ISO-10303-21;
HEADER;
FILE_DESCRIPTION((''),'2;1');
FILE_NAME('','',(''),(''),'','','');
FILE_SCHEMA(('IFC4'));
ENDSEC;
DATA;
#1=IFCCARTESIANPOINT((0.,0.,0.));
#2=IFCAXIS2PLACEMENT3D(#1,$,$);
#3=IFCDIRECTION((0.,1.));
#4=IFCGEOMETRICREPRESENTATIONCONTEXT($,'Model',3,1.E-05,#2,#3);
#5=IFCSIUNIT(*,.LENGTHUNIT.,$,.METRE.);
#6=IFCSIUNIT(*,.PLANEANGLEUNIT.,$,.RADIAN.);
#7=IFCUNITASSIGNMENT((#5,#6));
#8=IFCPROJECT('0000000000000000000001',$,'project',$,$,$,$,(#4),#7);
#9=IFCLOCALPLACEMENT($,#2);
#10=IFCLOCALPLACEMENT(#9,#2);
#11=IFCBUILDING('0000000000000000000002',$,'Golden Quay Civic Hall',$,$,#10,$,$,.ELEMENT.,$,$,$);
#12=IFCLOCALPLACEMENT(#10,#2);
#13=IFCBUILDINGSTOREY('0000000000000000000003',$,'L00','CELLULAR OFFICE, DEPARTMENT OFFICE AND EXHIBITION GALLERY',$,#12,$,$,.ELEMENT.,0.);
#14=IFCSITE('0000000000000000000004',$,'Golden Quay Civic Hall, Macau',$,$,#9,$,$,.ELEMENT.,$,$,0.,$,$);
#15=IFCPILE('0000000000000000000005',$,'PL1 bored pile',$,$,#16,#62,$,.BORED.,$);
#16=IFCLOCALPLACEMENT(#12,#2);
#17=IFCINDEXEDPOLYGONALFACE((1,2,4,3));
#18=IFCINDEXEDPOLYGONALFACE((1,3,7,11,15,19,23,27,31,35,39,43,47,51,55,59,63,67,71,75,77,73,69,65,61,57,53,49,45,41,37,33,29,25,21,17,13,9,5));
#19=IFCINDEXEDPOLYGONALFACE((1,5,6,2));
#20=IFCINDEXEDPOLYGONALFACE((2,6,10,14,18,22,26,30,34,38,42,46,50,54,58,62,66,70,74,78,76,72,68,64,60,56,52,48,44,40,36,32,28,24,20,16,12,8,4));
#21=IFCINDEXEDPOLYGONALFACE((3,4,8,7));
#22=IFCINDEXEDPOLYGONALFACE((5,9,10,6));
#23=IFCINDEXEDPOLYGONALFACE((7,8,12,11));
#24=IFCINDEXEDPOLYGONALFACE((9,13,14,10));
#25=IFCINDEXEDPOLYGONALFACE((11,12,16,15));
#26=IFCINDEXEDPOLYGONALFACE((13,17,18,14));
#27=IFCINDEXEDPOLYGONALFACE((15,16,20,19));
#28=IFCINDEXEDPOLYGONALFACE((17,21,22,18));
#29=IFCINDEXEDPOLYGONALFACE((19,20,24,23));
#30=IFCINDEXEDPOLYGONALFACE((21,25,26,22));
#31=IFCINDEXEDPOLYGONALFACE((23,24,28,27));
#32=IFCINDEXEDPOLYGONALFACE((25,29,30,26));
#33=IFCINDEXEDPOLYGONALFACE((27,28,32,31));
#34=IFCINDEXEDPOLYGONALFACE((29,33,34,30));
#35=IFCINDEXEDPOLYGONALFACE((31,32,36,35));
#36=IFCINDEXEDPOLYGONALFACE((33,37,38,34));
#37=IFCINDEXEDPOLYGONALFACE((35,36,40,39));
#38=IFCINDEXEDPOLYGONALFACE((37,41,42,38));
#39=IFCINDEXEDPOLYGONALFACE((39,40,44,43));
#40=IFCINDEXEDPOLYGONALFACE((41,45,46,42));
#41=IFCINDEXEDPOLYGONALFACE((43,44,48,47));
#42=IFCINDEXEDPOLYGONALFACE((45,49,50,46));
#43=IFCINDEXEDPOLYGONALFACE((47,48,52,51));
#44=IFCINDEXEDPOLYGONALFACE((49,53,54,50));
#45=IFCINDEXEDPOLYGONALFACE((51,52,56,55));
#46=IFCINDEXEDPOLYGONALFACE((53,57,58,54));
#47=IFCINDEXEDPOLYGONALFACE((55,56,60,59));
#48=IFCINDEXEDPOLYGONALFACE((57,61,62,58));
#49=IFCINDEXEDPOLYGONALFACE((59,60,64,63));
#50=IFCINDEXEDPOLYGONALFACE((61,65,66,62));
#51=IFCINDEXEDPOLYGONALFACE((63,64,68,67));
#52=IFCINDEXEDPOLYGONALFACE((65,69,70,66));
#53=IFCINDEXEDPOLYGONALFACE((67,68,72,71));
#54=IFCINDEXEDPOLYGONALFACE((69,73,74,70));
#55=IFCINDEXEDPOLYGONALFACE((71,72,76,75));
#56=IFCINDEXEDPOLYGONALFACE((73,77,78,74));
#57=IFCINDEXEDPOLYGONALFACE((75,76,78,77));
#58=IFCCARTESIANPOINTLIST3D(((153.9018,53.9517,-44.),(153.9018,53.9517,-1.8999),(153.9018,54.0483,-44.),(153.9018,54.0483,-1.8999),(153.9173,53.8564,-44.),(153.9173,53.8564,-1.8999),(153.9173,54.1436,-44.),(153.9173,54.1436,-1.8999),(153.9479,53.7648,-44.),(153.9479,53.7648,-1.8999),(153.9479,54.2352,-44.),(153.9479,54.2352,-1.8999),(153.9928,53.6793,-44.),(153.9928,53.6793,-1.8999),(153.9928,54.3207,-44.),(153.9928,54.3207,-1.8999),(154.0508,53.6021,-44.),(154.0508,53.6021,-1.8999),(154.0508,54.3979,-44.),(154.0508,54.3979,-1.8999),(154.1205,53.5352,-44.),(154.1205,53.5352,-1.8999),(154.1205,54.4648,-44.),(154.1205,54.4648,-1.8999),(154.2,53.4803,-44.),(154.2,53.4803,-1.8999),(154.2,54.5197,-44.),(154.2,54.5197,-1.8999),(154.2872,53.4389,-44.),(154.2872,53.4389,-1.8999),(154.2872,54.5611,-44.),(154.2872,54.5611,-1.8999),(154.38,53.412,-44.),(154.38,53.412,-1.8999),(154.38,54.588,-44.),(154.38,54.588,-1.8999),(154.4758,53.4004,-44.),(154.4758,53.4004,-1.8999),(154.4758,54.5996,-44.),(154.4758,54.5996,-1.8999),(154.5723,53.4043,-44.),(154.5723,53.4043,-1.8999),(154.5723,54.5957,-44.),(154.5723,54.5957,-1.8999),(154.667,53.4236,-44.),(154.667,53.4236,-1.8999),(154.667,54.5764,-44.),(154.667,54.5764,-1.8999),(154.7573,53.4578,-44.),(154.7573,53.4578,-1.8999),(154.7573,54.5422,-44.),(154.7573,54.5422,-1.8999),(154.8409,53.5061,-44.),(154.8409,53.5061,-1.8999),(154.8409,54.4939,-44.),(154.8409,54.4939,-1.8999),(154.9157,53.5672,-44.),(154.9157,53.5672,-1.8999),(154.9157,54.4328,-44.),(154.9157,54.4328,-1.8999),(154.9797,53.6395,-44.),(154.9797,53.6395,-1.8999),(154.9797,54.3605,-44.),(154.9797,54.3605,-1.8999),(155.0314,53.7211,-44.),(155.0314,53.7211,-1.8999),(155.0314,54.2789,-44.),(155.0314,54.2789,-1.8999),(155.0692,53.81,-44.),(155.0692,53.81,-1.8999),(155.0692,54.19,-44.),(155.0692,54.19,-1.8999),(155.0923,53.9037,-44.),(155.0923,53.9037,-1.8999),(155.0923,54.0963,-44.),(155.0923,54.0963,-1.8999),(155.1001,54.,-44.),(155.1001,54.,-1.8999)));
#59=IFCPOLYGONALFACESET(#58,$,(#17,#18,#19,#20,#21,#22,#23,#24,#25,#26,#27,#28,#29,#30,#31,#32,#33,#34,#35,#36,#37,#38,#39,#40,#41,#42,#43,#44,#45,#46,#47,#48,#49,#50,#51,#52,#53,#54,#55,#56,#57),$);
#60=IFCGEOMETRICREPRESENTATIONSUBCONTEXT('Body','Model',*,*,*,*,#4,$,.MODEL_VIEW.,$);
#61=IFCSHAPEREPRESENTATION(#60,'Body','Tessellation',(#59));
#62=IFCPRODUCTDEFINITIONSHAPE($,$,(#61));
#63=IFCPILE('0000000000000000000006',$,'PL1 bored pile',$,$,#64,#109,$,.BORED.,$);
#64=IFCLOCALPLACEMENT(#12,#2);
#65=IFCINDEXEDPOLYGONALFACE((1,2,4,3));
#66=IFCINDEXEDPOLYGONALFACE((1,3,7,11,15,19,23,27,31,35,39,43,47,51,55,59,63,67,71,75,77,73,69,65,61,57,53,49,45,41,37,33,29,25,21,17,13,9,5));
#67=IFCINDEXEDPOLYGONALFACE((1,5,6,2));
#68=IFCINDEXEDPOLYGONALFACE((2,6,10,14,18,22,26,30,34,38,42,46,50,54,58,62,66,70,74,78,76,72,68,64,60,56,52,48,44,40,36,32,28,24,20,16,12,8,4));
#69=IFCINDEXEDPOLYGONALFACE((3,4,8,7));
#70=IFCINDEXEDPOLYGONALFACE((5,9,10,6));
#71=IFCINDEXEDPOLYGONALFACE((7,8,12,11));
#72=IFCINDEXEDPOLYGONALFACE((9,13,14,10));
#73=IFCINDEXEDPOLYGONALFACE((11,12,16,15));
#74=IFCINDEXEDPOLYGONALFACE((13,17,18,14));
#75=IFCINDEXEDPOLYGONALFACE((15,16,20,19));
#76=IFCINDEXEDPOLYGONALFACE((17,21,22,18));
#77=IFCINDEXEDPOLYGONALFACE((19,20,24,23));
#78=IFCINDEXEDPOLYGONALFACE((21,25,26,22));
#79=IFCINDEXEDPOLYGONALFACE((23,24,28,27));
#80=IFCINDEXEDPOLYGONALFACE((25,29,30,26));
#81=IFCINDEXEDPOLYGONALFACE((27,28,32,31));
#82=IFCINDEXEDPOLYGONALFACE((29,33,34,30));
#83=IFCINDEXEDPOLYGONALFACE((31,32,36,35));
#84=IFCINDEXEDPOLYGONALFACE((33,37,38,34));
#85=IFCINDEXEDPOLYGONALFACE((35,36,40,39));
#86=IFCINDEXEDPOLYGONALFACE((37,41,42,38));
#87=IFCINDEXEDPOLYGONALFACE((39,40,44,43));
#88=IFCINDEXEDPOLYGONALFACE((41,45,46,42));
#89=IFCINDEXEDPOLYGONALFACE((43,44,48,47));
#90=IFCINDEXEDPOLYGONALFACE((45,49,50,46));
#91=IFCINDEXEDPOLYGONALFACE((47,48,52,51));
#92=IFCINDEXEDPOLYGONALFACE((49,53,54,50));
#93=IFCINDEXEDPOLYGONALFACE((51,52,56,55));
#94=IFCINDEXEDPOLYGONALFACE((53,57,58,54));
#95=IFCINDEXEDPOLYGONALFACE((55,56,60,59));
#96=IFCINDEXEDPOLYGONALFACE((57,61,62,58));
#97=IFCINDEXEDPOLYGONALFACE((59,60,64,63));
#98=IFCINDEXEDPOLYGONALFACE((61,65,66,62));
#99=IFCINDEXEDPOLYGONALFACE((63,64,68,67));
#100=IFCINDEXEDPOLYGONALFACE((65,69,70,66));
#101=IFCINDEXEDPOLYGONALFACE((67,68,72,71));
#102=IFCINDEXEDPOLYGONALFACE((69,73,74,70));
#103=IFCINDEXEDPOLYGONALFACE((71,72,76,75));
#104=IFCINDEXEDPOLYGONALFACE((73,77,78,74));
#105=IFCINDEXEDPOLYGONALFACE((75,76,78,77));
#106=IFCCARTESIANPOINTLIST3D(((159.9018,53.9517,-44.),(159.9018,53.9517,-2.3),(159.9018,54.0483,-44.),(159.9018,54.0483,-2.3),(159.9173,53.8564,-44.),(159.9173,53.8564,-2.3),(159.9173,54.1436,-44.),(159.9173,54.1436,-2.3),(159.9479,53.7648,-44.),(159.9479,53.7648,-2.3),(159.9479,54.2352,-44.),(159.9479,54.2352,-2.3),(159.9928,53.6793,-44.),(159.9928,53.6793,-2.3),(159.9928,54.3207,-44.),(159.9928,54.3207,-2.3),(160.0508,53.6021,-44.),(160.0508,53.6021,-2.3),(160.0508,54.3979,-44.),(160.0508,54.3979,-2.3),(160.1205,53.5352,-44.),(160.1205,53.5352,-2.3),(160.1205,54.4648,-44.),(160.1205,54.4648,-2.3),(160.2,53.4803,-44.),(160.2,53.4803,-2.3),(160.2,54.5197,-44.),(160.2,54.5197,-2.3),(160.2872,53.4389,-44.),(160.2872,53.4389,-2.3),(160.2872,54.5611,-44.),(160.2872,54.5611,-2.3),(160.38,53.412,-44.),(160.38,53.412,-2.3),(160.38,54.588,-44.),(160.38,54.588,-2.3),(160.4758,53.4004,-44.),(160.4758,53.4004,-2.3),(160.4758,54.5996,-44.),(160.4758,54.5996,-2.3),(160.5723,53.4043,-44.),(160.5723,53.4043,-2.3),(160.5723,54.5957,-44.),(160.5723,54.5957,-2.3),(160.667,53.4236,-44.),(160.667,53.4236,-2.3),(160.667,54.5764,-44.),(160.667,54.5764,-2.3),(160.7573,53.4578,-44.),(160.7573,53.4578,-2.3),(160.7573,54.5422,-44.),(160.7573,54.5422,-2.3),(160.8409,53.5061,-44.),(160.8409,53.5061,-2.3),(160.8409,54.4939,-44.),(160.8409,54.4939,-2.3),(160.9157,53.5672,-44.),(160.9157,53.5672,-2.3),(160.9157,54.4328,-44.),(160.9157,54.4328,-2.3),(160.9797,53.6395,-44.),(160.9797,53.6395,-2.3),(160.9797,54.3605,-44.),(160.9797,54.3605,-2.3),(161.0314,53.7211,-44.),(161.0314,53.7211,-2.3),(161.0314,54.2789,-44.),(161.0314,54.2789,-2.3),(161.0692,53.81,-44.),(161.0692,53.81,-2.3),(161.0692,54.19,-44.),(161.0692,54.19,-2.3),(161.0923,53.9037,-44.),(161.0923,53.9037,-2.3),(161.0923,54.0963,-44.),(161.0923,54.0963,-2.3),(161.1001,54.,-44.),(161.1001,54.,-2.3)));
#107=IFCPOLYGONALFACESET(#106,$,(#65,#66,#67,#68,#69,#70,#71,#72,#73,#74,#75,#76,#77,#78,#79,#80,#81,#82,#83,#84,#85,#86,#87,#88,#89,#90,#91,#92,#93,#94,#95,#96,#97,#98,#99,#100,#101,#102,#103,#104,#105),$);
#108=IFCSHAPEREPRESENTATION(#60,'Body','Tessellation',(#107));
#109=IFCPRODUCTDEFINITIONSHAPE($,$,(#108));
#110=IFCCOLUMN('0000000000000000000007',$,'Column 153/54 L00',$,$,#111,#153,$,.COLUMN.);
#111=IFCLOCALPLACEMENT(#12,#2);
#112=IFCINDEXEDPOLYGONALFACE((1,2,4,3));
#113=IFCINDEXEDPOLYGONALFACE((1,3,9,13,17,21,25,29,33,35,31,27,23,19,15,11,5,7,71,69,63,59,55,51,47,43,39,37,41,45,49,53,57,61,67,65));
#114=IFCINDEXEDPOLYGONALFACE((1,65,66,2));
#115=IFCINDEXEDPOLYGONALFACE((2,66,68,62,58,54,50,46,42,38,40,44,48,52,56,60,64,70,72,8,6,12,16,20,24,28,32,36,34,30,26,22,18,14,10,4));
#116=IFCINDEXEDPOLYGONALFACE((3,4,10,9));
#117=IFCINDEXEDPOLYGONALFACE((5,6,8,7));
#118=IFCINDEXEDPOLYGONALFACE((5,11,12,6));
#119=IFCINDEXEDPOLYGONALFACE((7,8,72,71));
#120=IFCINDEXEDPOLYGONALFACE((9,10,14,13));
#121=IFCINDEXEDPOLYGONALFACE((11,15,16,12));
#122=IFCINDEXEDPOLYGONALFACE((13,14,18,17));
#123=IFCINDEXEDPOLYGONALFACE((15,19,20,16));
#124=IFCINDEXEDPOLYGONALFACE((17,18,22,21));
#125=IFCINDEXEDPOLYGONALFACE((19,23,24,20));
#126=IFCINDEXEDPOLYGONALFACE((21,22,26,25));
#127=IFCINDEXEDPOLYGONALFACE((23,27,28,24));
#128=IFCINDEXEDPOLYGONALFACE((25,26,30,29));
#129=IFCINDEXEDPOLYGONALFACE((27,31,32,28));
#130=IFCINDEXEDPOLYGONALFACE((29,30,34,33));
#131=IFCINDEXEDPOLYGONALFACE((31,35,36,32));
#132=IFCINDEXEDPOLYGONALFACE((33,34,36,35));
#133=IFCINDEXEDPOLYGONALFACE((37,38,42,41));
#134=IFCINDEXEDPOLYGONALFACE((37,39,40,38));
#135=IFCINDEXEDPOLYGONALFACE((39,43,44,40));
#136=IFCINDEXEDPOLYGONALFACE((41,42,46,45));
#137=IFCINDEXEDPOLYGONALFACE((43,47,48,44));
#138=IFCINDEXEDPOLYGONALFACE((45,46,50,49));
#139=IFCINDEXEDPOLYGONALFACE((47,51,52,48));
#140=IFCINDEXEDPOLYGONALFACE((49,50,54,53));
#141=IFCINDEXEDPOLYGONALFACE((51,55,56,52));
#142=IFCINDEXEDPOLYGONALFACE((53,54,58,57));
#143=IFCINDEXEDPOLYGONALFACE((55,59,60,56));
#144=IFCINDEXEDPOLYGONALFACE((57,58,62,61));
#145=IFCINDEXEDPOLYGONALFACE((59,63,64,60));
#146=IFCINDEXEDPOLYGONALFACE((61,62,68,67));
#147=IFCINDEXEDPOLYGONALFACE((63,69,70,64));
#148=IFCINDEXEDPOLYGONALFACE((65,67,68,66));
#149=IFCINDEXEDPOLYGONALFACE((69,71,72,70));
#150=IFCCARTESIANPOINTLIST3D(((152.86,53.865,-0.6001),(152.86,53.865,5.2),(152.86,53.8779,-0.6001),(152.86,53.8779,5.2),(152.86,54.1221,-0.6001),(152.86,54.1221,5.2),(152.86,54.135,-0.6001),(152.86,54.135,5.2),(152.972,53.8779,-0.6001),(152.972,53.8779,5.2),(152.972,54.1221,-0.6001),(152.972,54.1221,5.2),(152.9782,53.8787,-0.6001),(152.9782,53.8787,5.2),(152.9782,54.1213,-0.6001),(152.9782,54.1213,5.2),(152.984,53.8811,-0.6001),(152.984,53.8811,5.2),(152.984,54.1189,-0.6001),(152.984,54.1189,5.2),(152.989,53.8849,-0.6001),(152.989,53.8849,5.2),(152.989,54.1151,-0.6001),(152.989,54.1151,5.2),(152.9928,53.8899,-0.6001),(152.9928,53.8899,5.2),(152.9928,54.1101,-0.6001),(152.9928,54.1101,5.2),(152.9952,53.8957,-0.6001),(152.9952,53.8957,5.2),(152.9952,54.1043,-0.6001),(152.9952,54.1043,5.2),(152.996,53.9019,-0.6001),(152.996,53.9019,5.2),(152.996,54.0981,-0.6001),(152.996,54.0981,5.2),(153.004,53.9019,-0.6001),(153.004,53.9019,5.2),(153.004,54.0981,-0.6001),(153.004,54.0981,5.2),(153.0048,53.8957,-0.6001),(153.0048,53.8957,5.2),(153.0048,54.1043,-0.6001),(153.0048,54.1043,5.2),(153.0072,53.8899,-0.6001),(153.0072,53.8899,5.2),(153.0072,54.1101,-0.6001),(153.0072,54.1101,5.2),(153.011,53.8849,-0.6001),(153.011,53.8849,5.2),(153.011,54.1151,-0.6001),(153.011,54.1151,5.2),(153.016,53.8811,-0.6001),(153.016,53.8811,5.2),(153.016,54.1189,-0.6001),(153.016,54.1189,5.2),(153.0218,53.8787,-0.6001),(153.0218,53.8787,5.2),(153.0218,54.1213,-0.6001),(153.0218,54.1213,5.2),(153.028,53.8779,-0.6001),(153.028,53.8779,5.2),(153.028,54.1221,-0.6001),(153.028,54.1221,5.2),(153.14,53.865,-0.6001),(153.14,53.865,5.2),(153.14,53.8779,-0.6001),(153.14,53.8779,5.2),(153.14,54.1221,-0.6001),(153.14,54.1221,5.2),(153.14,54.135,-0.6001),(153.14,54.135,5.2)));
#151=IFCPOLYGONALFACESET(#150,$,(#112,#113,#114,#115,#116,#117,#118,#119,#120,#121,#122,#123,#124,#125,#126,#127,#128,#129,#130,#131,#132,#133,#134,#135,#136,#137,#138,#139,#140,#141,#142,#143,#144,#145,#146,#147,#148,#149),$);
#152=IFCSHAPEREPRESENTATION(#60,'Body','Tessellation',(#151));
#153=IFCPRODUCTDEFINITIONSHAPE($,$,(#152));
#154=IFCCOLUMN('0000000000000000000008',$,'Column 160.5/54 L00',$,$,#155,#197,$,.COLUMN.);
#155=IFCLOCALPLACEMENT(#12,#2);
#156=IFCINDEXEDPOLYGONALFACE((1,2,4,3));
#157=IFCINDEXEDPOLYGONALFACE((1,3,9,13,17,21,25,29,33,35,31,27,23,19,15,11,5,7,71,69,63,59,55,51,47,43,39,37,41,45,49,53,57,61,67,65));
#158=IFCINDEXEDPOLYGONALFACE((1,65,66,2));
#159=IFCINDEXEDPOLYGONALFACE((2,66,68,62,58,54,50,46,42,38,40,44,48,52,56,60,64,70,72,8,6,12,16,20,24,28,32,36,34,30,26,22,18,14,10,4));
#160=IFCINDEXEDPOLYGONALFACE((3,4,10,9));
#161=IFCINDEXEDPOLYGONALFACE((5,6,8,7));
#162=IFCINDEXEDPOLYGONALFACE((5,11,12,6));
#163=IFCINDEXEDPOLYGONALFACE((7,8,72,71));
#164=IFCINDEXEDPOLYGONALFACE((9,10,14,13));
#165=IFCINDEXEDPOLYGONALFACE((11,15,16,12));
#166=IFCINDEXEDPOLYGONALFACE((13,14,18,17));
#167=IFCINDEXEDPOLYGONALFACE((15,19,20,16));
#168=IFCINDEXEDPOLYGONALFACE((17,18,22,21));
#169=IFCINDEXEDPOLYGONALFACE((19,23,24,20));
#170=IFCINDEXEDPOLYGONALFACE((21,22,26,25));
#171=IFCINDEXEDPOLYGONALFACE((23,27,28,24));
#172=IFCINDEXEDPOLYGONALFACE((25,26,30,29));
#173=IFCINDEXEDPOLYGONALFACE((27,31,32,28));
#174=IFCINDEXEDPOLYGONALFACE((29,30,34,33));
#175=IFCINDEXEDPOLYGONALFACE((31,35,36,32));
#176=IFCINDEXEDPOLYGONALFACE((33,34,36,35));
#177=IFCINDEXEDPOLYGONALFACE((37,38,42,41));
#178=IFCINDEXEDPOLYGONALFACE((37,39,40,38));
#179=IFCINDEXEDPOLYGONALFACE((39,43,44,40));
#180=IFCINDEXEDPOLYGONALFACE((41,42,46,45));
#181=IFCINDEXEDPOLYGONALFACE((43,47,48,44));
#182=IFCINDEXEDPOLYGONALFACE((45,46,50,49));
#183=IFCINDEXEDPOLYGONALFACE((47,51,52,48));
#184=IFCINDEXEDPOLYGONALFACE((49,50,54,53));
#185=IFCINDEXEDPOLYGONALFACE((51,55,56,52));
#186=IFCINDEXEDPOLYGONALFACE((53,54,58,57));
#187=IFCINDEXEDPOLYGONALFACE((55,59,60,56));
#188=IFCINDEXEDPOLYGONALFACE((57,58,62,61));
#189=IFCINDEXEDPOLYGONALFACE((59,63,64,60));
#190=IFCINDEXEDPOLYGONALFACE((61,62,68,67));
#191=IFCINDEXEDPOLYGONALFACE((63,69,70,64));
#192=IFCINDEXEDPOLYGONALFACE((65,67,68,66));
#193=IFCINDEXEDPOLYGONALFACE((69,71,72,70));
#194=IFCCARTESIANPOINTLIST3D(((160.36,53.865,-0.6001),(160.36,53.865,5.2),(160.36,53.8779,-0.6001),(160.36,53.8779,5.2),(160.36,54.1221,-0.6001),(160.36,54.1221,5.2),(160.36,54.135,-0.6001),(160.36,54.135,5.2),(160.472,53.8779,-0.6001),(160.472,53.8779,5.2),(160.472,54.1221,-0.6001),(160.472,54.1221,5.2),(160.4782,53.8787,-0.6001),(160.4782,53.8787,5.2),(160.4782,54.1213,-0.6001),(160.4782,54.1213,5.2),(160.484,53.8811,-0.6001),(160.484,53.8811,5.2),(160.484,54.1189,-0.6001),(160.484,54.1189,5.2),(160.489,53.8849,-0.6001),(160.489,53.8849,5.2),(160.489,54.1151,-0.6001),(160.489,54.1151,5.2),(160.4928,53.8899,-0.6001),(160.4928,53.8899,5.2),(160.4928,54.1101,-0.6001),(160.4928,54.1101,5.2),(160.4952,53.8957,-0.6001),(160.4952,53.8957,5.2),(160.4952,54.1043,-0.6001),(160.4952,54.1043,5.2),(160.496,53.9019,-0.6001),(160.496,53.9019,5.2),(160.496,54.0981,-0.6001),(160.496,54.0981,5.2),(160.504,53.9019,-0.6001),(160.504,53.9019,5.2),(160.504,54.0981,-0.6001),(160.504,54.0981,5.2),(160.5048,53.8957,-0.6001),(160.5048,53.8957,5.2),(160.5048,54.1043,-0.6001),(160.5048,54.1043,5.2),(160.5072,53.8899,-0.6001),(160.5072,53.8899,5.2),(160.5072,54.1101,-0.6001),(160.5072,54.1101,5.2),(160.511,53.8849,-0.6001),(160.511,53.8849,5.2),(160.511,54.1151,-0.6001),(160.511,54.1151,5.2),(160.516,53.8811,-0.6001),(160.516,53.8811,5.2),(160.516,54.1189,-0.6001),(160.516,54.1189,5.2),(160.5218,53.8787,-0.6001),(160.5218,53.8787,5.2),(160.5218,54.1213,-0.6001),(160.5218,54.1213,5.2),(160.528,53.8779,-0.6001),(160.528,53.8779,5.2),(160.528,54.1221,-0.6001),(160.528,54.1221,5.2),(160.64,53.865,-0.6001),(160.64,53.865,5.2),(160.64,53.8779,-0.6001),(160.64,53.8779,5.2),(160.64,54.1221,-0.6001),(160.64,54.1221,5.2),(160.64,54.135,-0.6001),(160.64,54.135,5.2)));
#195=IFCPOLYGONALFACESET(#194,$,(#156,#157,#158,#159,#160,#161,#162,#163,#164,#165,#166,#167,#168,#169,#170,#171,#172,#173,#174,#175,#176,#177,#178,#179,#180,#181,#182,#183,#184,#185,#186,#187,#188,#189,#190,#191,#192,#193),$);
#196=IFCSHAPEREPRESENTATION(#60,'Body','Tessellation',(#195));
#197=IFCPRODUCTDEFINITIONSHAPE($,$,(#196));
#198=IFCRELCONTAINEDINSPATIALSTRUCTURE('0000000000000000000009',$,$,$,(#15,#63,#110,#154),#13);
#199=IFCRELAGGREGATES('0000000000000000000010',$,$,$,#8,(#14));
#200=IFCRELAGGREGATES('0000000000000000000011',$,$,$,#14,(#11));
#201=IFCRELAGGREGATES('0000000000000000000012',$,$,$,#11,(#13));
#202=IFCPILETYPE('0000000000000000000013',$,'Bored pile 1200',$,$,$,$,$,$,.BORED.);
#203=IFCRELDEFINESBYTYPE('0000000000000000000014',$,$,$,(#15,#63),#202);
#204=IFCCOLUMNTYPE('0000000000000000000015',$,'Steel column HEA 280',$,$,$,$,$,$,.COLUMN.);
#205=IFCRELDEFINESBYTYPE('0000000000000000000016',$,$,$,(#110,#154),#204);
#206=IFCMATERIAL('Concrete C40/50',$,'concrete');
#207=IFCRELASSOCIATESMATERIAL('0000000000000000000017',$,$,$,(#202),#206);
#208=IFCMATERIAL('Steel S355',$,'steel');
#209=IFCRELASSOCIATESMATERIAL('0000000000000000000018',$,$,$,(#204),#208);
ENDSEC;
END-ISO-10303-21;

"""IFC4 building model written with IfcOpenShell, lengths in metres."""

from ifc_helpers import new_model, si_unit, direction, frame, origin, origin_2d, place, context, subcontext, project, spatial, circle, i_section, extrude, material, material_profile, profile_set, type_object, element, save


model = new_model("IFC4")

# Units and contexts
model_context = context("Model", 3, precision=1e-05, world=origin(), true_north=direction((0.0, 1.0)))
body_context = subcontext(model_context, "Body", "Model", "MODEL_VIEW")
ifc_project = project(units=[si_unit("LENGTHUNIT", "METRE"), si_unit("PLANEANGLEUNIT", "RADIAN")], contexts=[model_context])

# Site, building, storey
site_placement = place(None, origin())
site = spatial("IfcSite", under=ifc_project, at=site_placement, Name="Golden Quay Civic Hall, Macau", CompositionType="ELEMENT", RefElevation=0.0)
building_placement = place(site_placement, origin())
building = spatial("IfcBuilding", under=site, at=building_placement, Name="Golden Quay Civic Hall", CompositionType="ELEMENT")
storey_placement = place(building_placement, origin())
storey = spatial("IfcBuildingStorey", under=building, at=storey_placement, Name="L00", Description="CELLULAR OFFICE, DEPARTMENT OFFICE AND EXHIBITION GALLERY", CompositionType="ELEMENT", Elevation=0.0)

# Piles
ifc_material_1 = material(Name="Concrete C40/50", Category="concrete")
ifc_material_profile_1 = material_profile(ifc_material_1, circle(Radius=0.6001, at=origin_2d()), Name="RC D1200")
ifc_profile_set_1 = profile_set([ifc_material_profile_1], Name="Concrete C40/50")
pile_type = type_object("IfcPileType", Name="Bored pile 1200", PredefinedType="BORED", material=ifc_profile_set_1)
pile_1_placement = place(storey_placement, frame((154.5, 54.0, -1.8999), z_axis=(0.0, 0.0, -1.0), x_axis=(1.0, 0.0, 0.0)))
element("IfcPile", 1, at=pile_1_placement, inside=storey, type_object=pile_type, Name="PL1 bored pile", PredefinedType="BORED", context=body_context, shape_type="SweptSolid", body=[
    extrude(circle(Radius=0.6001, at=origin_2d()), origin(), (0.0, 0.0, 1.0), 42.1001),
])
pile_2_placement = place(storey_placement, frame((160.5, 54.0, -2.3), z_axis=(0.0, 0.0, -1.0), x_axis=(1.0, 0.0, 0.0)))
element("IfcPile", 2, at=pile_2_placement, inside=storey, type_object=pile_type, Name="PL1 bored pile", PredefinedType="BORED", context=body_context, shape_type="SweptSolid", body=[
    extrude(circle(Radius=0.6001, at=origin_2d()), origin(), (0.0, 0.0, 1.0), 41.7),
])

# Columns
ifc_material_2 = material(Name="Steel S355", Category="steel")
ifc_material_profile_2 = material_profile(ifc_material_2, i_section(OverallWidth=0.28, OverallDepth=0.27, WebThickness=0.0081, FlangeThickness=0.0129, FilletRadius=0.0239, at=origin_2d()), Name="HEA 280")
ifc_profile_set_2 = profile_set([ifc_material_profile_2], Name="Steel S355")
column_type = type_object("IfcColumnType", Name="Steel column HEA 280", PredefinedType="COLUMN", material=ifc_profile_set_2)
for number, where, z_axis, x_axis, name in (
    (3, (153.0, 54.0, -0.6001), (0.0, 0.0, 1.0), (1.0, 0.0, 0.0), "Column 153/54 L00"),
    (4, (160.5, 54.0, -0.6001), (0.0, 0.0, 1.0), (1.0, 0.0, 0.0), "Column 160.5/54 L00"),
):
    element("IfcColumn", number, at=place(storey_placement, frame(where, z_axis=z_axis, x_axis=x_axis)), inside=storey, type_object=column_type, Name=name, PredefinedType="COLUMN", context=body_context, shape_type="SweptSolid", body=[
        extrude(i_section(OverallWidth=0.28, OverallDepth=0.27, WebThickness=0.0081, FlangeThickness=0.0129, FilletRadius=0.0239, at=origin_2d()), origin(), (0.0, 0.0, 1.0), 5.8),
    ])

save(model, "model.ifc")
